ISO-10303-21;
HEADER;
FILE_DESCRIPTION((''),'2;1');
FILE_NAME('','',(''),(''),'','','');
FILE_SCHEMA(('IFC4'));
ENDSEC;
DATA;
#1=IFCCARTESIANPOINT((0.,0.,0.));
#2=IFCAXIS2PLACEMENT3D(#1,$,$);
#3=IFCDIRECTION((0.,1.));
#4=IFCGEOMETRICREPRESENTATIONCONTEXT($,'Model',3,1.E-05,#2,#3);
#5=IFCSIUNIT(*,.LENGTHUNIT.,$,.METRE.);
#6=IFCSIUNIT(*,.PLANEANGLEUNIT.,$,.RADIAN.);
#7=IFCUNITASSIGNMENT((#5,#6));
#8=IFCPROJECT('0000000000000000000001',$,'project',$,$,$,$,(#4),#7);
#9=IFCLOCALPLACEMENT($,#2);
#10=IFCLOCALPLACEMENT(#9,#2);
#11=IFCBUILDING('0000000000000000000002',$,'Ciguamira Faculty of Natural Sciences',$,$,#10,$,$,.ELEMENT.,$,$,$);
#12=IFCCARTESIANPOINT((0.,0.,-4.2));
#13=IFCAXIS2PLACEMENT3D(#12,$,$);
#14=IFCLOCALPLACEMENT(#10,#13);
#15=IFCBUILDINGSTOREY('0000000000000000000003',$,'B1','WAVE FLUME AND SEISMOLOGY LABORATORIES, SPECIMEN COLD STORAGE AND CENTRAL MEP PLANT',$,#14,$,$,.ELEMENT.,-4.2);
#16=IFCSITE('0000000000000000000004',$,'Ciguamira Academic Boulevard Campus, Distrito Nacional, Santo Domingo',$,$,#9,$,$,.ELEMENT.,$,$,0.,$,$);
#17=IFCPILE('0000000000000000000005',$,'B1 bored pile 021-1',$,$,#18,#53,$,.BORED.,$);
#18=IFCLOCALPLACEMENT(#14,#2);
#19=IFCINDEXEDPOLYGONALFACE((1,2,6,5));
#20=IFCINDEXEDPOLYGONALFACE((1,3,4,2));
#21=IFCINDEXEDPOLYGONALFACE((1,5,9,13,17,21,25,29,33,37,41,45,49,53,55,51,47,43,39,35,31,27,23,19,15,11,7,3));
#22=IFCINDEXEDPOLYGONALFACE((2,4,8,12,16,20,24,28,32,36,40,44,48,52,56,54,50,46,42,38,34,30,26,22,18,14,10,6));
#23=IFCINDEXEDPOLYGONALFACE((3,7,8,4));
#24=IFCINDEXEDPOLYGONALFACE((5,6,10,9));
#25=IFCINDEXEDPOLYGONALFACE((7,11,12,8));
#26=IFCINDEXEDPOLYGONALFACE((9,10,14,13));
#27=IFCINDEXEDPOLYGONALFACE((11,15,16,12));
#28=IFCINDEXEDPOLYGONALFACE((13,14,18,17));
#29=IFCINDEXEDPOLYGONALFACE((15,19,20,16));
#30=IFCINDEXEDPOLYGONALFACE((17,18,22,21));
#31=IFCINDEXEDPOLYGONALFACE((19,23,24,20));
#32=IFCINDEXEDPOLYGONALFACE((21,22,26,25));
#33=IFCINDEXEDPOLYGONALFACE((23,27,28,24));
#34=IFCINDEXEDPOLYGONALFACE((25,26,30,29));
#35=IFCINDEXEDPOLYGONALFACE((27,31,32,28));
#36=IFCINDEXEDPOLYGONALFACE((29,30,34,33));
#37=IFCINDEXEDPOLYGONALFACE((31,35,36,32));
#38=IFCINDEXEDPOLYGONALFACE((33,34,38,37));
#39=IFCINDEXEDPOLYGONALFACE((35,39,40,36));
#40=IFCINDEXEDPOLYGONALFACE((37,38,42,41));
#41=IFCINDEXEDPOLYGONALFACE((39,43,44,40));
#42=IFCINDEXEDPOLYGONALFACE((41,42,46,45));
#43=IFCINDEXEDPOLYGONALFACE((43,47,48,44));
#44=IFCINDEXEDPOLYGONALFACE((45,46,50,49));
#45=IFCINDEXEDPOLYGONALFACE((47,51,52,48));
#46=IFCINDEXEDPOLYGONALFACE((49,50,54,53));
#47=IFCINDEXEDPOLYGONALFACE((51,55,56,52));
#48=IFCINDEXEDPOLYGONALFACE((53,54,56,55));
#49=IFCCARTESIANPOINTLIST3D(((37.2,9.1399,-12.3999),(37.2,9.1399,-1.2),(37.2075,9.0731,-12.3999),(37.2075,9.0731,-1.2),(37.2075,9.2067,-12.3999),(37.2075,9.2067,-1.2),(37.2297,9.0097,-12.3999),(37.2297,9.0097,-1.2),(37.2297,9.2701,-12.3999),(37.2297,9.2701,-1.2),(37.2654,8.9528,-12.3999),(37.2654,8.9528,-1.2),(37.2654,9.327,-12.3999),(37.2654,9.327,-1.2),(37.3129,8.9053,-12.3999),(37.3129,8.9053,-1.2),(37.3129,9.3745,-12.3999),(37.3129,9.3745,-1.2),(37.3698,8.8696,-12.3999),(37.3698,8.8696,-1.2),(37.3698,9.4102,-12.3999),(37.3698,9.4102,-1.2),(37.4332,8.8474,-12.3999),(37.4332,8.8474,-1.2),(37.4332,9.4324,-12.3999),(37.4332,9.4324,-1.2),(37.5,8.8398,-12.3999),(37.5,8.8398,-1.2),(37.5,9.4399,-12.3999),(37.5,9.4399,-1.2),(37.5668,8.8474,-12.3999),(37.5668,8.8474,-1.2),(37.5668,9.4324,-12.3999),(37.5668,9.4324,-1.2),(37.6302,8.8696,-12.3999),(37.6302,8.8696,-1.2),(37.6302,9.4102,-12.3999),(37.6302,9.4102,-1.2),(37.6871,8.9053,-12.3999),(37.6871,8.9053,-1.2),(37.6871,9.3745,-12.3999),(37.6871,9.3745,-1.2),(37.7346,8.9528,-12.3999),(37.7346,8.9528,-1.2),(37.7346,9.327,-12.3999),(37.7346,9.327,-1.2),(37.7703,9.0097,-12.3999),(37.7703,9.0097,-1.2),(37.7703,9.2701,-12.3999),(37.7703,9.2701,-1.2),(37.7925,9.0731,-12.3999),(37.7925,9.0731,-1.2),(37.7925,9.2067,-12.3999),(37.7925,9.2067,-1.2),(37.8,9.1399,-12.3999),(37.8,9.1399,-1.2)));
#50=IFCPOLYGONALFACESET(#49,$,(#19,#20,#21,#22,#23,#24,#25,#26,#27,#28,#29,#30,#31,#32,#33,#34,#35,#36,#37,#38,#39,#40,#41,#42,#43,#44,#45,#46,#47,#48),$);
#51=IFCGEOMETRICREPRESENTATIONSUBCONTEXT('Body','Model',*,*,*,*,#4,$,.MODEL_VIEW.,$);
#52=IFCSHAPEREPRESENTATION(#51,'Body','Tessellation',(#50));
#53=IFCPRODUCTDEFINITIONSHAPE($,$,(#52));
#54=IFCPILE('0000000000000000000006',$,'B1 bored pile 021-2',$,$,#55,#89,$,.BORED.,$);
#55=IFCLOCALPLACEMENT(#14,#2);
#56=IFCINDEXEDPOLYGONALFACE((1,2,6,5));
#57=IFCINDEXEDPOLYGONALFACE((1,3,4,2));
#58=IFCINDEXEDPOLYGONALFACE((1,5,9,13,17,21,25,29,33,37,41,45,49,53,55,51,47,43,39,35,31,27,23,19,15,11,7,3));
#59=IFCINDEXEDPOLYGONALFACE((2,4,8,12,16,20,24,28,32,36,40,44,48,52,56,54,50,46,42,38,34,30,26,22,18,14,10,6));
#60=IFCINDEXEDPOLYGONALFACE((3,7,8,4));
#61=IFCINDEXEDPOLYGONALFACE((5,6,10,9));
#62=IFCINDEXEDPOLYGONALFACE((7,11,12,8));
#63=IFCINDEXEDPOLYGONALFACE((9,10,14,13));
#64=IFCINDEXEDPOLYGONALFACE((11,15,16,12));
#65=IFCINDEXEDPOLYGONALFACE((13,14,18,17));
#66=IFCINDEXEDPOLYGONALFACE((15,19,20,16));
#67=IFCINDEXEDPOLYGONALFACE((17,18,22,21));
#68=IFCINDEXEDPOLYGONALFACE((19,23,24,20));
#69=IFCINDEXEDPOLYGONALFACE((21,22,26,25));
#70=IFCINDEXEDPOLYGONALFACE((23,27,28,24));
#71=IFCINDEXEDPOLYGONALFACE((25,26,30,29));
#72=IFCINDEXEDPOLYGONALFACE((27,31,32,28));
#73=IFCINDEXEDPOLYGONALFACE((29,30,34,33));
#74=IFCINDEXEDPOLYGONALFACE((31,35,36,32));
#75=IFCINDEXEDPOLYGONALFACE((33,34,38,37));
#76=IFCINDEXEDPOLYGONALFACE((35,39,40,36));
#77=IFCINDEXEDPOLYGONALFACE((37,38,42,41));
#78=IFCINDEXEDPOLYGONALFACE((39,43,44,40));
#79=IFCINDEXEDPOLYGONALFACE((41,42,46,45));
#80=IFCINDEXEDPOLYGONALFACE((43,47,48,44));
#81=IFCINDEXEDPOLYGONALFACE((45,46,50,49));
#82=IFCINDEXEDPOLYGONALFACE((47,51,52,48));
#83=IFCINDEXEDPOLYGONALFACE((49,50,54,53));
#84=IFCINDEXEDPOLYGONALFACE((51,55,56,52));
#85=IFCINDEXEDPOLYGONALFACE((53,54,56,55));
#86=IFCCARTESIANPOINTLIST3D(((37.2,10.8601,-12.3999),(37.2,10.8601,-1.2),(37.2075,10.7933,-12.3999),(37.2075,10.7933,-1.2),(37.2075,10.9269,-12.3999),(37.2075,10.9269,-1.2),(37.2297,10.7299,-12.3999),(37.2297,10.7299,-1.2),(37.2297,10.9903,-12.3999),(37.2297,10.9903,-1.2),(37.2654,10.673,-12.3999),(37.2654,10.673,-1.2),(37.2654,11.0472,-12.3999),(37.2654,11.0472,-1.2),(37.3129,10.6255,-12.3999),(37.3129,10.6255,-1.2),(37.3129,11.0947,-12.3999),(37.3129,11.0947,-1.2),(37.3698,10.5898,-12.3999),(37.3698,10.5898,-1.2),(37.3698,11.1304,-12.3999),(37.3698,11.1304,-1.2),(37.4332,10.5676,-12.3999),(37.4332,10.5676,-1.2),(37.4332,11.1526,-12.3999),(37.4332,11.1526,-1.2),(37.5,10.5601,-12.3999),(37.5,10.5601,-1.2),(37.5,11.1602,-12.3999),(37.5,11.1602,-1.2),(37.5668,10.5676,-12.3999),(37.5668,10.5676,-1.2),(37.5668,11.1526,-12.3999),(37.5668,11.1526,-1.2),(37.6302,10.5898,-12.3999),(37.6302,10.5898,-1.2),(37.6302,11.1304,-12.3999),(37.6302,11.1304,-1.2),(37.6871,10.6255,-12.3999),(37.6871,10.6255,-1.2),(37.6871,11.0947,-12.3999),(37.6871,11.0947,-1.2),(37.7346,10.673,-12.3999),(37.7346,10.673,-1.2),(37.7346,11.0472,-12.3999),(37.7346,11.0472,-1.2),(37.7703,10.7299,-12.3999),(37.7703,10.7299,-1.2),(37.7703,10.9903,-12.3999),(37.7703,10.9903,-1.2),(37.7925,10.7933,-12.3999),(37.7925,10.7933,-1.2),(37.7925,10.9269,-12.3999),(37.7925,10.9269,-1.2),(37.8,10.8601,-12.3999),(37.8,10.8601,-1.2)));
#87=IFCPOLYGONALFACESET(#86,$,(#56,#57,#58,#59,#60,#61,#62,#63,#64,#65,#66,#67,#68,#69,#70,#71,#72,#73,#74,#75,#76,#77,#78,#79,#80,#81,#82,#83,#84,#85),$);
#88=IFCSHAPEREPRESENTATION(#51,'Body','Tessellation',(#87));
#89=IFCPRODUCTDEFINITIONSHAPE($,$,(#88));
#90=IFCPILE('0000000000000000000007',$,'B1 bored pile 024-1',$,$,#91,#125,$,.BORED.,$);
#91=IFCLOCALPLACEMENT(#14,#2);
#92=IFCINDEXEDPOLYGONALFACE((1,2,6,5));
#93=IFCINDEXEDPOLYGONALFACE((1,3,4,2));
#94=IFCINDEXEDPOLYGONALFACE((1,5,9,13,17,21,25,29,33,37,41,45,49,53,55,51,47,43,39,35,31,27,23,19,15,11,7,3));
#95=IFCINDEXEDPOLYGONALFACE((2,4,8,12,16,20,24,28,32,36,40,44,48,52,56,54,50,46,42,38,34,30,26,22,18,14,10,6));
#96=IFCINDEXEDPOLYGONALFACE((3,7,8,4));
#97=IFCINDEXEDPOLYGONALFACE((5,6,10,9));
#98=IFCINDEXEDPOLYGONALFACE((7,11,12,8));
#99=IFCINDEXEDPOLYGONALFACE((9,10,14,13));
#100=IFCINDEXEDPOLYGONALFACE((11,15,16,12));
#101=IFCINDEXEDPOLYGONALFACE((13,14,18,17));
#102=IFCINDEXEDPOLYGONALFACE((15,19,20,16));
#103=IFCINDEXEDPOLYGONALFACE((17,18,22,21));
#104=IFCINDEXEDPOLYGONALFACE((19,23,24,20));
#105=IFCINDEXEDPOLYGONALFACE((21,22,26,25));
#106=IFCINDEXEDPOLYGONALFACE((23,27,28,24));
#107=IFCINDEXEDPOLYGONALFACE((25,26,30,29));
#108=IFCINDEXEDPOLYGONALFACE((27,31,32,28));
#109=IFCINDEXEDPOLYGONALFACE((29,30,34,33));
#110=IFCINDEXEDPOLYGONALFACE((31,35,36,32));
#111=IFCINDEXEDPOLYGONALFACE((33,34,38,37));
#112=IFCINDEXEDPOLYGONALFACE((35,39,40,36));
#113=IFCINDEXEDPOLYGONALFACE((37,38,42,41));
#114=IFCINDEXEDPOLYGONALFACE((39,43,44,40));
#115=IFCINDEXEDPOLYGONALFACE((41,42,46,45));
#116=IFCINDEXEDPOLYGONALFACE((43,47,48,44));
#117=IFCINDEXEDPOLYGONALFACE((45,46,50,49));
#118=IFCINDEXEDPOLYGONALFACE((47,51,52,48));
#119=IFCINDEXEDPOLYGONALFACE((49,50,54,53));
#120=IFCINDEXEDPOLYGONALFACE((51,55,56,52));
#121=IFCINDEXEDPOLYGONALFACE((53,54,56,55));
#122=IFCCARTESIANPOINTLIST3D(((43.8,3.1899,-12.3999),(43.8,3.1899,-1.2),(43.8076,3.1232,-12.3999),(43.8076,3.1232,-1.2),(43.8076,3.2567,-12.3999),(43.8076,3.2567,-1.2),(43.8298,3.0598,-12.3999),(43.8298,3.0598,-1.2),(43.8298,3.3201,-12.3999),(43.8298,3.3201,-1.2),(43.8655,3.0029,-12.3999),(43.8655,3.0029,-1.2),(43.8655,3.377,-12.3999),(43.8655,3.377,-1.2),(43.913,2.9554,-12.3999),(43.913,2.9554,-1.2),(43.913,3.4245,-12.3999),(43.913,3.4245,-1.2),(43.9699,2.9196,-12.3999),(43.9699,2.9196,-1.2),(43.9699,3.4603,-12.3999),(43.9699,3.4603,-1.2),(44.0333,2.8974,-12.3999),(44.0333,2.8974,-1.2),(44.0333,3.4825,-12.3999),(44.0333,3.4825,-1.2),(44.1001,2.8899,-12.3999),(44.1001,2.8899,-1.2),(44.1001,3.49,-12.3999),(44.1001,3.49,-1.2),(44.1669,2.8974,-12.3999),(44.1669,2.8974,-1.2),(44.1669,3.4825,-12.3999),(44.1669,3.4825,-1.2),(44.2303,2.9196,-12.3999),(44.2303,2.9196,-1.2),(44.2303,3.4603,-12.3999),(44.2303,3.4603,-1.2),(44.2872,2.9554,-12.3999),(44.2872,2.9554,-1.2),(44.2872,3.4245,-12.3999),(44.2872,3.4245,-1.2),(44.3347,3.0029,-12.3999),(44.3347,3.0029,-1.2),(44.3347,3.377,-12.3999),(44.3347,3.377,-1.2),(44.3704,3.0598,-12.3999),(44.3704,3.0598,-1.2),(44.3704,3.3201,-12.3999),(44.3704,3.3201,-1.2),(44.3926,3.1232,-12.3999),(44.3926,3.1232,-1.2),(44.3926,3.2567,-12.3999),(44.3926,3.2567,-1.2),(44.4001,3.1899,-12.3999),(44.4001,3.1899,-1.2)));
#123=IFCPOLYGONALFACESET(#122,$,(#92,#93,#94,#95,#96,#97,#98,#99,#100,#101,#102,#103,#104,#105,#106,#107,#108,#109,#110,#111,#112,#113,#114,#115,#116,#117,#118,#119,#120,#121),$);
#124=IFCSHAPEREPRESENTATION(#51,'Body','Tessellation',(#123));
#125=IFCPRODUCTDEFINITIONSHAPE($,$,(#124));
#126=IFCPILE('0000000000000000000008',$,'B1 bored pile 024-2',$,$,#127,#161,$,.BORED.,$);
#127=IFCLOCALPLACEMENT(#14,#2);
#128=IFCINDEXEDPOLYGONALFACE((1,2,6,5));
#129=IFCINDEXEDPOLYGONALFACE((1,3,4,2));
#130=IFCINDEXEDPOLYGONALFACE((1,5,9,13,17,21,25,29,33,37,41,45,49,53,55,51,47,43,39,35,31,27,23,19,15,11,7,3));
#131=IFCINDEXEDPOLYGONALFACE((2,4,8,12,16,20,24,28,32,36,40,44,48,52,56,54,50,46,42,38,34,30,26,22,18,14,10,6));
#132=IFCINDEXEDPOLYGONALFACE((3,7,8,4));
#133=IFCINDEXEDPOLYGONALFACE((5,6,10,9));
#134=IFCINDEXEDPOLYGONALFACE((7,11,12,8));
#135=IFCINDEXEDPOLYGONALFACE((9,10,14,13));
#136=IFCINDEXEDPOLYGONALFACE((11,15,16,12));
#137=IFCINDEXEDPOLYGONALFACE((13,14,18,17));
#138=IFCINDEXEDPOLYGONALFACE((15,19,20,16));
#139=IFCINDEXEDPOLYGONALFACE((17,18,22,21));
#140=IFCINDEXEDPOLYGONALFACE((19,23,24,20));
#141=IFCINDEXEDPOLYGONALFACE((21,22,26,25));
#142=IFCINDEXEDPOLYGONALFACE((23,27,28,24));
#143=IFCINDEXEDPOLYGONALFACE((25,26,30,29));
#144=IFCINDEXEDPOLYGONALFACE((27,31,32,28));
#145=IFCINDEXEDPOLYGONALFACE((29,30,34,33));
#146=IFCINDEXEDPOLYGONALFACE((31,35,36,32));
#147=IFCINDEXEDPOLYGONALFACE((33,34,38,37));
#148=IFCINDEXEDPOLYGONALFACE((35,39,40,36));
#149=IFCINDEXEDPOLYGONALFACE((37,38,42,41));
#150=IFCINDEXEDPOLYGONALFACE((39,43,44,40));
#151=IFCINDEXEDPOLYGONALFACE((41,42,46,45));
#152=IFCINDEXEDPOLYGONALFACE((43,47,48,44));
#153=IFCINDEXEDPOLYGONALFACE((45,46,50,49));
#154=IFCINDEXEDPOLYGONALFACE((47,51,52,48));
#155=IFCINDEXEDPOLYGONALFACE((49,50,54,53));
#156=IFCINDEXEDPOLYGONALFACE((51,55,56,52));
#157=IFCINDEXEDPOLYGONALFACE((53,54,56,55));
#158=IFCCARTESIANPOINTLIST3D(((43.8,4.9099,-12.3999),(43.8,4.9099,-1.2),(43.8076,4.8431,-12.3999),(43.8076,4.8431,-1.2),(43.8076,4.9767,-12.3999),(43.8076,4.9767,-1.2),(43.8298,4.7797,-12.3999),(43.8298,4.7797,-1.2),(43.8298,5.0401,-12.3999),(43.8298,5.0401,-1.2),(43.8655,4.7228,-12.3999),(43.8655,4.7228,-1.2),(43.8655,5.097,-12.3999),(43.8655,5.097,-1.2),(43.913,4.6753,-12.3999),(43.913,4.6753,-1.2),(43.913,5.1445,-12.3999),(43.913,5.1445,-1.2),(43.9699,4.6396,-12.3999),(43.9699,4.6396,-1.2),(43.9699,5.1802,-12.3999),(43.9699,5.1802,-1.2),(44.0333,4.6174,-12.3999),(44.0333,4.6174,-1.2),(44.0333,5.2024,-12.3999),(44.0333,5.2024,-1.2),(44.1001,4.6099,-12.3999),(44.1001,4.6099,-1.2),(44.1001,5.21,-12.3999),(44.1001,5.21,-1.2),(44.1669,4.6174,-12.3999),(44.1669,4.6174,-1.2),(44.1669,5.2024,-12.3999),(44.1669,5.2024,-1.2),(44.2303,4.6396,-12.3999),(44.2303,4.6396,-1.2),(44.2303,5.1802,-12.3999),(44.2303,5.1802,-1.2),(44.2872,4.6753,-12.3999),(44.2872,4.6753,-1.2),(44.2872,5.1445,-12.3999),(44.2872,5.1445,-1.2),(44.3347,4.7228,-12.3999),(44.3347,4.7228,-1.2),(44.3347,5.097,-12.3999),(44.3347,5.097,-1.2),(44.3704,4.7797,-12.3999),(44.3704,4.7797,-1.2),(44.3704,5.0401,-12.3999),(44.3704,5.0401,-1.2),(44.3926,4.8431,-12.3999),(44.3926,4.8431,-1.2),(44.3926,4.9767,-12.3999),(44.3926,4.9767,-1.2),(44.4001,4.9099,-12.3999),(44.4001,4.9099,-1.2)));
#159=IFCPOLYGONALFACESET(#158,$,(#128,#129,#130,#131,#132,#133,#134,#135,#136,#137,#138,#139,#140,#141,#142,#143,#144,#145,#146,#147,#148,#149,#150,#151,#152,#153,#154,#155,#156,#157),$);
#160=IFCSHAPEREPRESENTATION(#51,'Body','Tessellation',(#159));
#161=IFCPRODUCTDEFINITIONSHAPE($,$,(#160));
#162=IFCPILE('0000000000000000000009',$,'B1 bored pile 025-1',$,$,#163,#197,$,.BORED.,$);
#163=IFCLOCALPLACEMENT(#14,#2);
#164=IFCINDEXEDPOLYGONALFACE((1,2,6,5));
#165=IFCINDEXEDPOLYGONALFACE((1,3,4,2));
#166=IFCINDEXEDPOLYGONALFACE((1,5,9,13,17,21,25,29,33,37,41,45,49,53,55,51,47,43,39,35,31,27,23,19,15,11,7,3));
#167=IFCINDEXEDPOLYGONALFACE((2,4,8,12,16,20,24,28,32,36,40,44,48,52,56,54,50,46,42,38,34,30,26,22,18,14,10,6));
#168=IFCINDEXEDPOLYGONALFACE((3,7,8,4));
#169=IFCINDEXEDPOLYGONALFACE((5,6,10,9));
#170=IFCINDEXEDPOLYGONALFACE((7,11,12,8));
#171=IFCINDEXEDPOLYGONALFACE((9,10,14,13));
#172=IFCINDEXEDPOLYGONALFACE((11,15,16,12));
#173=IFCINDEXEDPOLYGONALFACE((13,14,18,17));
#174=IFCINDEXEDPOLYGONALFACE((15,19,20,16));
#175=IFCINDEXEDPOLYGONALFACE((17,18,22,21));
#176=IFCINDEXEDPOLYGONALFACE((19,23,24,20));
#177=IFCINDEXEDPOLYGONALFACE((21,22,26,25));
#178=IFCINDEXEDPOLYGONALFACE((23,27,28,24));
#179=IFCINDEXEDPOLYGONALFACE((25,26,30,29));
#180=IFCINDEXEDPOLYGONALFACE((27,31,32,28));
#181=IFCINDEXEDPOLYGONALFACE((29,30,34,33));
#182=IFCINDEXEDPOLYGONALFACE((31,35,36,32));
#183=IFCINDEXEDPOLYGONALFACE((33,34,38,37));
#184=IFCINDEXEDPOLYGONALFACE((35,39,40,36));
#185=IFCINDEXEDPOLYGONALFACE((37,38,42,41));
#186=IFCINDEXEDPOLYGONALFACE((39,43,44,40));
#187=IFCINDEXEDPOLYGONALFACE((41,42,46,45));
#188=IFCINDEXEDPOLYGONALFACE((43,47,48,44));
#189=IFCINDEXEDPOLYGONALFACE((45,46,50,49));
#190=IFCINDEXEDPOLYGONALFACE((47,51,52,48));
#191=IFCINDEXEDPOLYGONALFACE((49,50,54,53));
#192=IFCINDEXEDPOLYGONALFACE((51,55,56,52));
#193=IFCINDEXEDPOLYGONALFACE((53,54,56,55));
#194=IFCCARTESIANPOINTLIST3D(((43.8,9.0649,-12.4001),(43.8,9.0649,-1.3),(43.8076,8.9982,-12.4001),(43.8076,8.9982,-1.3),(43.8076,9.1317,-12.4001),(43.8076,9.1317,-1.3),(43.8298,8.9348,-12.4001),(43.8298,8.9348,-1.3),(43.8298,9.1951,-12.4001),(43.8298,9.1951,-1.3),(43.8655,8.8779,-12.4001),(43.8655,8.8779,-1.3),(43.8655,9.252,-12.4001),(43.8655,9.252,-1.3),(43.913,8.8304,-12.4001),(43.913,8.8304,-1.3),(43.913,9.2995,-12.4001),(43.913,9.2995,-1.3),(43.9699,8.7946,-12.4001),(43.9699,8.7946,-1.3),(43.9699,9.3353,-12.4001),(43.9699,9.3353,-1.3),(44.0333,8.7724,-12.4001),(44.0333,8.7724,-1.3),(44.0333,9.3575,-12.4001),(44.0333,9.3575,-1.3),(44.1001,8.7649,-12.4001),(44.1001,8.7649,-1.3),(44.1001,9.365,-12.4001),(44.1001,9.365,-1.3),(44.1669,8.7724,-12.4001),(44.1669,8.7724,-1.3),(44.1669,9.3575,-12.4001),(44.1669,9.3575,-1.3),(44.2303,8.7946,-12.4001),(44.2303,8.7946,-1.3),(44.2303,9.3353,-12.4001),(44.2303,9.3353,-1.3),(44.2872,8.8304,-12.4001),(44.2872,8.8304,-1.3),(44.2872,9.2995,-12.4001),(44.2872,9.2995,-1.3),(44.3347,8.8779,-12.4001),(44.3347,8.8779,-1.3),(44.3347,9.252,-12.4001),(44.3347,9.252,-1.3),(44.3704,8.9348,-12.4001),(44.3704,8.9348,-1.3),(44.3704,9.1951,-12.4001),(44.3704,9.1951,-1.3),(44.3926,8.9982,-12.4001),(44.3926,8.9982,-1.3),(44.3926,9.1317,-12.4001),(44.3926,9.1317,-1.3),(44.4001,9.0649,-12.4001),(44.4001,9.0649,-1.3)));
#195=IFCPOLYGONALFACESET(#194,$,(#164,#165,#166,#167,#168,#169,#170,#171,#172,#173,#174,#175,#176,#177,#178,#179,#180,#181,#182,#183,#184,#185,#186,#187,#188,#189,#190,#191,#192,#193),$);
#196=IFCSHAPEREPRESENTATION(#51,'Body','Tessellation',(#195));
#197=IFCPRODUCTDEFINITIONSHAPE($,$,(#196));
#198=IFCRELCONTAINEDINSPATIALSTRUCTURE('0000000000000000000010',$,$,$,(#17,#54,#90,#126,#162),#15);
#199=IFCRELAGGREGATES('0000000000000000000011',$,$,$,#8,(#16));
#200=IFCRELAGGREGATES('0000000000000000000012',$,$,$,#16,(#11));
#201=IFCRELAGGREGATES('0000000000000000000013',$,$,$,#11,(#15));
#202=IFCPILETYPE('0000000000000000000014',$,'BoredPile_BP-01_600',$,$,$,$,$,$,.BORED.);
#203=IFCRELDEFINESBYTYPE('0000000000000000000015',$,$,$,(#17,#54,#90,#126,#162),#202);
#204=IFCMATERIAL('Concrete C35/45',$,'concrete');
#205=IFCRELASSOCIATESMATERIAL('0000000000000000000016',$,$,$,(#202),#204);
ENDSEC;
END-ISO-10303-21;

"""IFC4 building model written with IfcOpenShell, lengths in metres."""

from ifc_helpers import new_model, si_unit, direction, frame, origin, origin_2d, place, context, subcontext, project, spatial, circle, extrude, material, material_profile, profile_set, type_object, element, save


model = new_model("IFC4")

# Units and contexts
model_context = context("Model", 3, precision=1e-05, world=origin(), true_north=direction((0.0, 1.0)))
body_context = subcontext(model_context, "Body", "Model", "MODEL_VIEW")
ifc_project = project(units=[si_unit("LENGTHUNIT", "METRE"), si_unit("PLANEANGLEUNIT", "RADIAN")], contexts=[model_context])

# Site, building, storey
site_placement = place(None, origin())
site = spatial("IfcSite", under=ifc_project, at=site_placement, Name="Ciguamira Academic Boulevard Campus, Distrito Nacional, Santo Domingo", CompositionType="ELEMENT", RefElevation=0.0)
building_placement = place(site_placement, origin())
building = spatial("IfcBuilding", under=site, at=building_placement, Name="Ciguamira Faculty of Natural Sciences", CompositionType="ELEMENT")
storey_placement = place(building_placement, frame((0.0, 0.0, -4.2)))
storey = spatial("IfcBuildingStorey", under=building, at=storey_placement, Name="B1", Description="WAVE FLUME AND SEISMOLOGY LABORATORIES, SPECIMEN COLD STORAGE AND CENTRAL MEP PLANT", CompositionType="ELEMENT", Elevation=-4.2)

# Piles
ifc_material_1 = material(Name="Concrete C35/45", Category="concrete")
ifc_material_profile_1 = material_profile(ifc_material_1, circle(Radius=0.3, at=origin_2d()), Name="PILE-BORED-600")
ifc_profile_set_1 = profile_set([ifc_material_profile_1], Name="Concrete C35/45")
pile_type = type_object("IfcPileType", Name="BoredPile_BP-01_600", PredefinedType="BORED", material=ifc_profile_set_1)
for number, where, z_axis, x_axis, name in (
    (1, (37.5, 9.1399, -1.2), (0.0, 0.0, -1.0), (1.0, 0.0, 0.0), "B1 bored pile 021-1"),
    (2, (37.5, 10.8601, -1.2), (0.0, 0.0, -1.0), (1.0, 0.0, 0.0), "B1 bored pile 021-2"),
    (3, (44.1001, 3.1899, -1.2), (0.0, 0.0, -1.0), (1.0, 0.0, 0.0), "B1 bored pile 024-1"),
    (4, (44.1001, 4.9099, -1.2), (0.0, 0.0, -1.0), (1.0, 0.0, 0.0), "B1 bored pile 024-2"),
):
    element("IfcPile", number, at=place(storey_placement, frame(where, z_axis=z_axis, x_axis=x_axis)), inside=storey, type_object=pile_type, Name=name, PredefinedType="BORED", context=body_context, shape_type="SweptSolid", body=[
        extrude(circle(Radius=0.3, at=origin_2d()), origin(), (0.0, 0.0, 1.0), 11.2),
    ])
for number, where, z_axis, x_axis, name in (
    (5, (44.1001, 9.0649, -1.3), (0.0, 0.0, -1.0), (1.0, 0.0, 0.0), "B1 bored pile 025-1"),
):
    element("IfcPile", number, at=place(storey_placement, frame(where, z_axis=z_axis, x_axis=x_axis)), inside=storey, type_object=pile_type, Name=name, PredefinedType="BORED", context=body_context, shape_type="SweptSolid", body=[
        extrude(circle(Radius=0.3, at=origin_2d()), origin(), (0.0, 0.0, 1.0), 11.1001),
    ])

save(model, "model.ifc")
